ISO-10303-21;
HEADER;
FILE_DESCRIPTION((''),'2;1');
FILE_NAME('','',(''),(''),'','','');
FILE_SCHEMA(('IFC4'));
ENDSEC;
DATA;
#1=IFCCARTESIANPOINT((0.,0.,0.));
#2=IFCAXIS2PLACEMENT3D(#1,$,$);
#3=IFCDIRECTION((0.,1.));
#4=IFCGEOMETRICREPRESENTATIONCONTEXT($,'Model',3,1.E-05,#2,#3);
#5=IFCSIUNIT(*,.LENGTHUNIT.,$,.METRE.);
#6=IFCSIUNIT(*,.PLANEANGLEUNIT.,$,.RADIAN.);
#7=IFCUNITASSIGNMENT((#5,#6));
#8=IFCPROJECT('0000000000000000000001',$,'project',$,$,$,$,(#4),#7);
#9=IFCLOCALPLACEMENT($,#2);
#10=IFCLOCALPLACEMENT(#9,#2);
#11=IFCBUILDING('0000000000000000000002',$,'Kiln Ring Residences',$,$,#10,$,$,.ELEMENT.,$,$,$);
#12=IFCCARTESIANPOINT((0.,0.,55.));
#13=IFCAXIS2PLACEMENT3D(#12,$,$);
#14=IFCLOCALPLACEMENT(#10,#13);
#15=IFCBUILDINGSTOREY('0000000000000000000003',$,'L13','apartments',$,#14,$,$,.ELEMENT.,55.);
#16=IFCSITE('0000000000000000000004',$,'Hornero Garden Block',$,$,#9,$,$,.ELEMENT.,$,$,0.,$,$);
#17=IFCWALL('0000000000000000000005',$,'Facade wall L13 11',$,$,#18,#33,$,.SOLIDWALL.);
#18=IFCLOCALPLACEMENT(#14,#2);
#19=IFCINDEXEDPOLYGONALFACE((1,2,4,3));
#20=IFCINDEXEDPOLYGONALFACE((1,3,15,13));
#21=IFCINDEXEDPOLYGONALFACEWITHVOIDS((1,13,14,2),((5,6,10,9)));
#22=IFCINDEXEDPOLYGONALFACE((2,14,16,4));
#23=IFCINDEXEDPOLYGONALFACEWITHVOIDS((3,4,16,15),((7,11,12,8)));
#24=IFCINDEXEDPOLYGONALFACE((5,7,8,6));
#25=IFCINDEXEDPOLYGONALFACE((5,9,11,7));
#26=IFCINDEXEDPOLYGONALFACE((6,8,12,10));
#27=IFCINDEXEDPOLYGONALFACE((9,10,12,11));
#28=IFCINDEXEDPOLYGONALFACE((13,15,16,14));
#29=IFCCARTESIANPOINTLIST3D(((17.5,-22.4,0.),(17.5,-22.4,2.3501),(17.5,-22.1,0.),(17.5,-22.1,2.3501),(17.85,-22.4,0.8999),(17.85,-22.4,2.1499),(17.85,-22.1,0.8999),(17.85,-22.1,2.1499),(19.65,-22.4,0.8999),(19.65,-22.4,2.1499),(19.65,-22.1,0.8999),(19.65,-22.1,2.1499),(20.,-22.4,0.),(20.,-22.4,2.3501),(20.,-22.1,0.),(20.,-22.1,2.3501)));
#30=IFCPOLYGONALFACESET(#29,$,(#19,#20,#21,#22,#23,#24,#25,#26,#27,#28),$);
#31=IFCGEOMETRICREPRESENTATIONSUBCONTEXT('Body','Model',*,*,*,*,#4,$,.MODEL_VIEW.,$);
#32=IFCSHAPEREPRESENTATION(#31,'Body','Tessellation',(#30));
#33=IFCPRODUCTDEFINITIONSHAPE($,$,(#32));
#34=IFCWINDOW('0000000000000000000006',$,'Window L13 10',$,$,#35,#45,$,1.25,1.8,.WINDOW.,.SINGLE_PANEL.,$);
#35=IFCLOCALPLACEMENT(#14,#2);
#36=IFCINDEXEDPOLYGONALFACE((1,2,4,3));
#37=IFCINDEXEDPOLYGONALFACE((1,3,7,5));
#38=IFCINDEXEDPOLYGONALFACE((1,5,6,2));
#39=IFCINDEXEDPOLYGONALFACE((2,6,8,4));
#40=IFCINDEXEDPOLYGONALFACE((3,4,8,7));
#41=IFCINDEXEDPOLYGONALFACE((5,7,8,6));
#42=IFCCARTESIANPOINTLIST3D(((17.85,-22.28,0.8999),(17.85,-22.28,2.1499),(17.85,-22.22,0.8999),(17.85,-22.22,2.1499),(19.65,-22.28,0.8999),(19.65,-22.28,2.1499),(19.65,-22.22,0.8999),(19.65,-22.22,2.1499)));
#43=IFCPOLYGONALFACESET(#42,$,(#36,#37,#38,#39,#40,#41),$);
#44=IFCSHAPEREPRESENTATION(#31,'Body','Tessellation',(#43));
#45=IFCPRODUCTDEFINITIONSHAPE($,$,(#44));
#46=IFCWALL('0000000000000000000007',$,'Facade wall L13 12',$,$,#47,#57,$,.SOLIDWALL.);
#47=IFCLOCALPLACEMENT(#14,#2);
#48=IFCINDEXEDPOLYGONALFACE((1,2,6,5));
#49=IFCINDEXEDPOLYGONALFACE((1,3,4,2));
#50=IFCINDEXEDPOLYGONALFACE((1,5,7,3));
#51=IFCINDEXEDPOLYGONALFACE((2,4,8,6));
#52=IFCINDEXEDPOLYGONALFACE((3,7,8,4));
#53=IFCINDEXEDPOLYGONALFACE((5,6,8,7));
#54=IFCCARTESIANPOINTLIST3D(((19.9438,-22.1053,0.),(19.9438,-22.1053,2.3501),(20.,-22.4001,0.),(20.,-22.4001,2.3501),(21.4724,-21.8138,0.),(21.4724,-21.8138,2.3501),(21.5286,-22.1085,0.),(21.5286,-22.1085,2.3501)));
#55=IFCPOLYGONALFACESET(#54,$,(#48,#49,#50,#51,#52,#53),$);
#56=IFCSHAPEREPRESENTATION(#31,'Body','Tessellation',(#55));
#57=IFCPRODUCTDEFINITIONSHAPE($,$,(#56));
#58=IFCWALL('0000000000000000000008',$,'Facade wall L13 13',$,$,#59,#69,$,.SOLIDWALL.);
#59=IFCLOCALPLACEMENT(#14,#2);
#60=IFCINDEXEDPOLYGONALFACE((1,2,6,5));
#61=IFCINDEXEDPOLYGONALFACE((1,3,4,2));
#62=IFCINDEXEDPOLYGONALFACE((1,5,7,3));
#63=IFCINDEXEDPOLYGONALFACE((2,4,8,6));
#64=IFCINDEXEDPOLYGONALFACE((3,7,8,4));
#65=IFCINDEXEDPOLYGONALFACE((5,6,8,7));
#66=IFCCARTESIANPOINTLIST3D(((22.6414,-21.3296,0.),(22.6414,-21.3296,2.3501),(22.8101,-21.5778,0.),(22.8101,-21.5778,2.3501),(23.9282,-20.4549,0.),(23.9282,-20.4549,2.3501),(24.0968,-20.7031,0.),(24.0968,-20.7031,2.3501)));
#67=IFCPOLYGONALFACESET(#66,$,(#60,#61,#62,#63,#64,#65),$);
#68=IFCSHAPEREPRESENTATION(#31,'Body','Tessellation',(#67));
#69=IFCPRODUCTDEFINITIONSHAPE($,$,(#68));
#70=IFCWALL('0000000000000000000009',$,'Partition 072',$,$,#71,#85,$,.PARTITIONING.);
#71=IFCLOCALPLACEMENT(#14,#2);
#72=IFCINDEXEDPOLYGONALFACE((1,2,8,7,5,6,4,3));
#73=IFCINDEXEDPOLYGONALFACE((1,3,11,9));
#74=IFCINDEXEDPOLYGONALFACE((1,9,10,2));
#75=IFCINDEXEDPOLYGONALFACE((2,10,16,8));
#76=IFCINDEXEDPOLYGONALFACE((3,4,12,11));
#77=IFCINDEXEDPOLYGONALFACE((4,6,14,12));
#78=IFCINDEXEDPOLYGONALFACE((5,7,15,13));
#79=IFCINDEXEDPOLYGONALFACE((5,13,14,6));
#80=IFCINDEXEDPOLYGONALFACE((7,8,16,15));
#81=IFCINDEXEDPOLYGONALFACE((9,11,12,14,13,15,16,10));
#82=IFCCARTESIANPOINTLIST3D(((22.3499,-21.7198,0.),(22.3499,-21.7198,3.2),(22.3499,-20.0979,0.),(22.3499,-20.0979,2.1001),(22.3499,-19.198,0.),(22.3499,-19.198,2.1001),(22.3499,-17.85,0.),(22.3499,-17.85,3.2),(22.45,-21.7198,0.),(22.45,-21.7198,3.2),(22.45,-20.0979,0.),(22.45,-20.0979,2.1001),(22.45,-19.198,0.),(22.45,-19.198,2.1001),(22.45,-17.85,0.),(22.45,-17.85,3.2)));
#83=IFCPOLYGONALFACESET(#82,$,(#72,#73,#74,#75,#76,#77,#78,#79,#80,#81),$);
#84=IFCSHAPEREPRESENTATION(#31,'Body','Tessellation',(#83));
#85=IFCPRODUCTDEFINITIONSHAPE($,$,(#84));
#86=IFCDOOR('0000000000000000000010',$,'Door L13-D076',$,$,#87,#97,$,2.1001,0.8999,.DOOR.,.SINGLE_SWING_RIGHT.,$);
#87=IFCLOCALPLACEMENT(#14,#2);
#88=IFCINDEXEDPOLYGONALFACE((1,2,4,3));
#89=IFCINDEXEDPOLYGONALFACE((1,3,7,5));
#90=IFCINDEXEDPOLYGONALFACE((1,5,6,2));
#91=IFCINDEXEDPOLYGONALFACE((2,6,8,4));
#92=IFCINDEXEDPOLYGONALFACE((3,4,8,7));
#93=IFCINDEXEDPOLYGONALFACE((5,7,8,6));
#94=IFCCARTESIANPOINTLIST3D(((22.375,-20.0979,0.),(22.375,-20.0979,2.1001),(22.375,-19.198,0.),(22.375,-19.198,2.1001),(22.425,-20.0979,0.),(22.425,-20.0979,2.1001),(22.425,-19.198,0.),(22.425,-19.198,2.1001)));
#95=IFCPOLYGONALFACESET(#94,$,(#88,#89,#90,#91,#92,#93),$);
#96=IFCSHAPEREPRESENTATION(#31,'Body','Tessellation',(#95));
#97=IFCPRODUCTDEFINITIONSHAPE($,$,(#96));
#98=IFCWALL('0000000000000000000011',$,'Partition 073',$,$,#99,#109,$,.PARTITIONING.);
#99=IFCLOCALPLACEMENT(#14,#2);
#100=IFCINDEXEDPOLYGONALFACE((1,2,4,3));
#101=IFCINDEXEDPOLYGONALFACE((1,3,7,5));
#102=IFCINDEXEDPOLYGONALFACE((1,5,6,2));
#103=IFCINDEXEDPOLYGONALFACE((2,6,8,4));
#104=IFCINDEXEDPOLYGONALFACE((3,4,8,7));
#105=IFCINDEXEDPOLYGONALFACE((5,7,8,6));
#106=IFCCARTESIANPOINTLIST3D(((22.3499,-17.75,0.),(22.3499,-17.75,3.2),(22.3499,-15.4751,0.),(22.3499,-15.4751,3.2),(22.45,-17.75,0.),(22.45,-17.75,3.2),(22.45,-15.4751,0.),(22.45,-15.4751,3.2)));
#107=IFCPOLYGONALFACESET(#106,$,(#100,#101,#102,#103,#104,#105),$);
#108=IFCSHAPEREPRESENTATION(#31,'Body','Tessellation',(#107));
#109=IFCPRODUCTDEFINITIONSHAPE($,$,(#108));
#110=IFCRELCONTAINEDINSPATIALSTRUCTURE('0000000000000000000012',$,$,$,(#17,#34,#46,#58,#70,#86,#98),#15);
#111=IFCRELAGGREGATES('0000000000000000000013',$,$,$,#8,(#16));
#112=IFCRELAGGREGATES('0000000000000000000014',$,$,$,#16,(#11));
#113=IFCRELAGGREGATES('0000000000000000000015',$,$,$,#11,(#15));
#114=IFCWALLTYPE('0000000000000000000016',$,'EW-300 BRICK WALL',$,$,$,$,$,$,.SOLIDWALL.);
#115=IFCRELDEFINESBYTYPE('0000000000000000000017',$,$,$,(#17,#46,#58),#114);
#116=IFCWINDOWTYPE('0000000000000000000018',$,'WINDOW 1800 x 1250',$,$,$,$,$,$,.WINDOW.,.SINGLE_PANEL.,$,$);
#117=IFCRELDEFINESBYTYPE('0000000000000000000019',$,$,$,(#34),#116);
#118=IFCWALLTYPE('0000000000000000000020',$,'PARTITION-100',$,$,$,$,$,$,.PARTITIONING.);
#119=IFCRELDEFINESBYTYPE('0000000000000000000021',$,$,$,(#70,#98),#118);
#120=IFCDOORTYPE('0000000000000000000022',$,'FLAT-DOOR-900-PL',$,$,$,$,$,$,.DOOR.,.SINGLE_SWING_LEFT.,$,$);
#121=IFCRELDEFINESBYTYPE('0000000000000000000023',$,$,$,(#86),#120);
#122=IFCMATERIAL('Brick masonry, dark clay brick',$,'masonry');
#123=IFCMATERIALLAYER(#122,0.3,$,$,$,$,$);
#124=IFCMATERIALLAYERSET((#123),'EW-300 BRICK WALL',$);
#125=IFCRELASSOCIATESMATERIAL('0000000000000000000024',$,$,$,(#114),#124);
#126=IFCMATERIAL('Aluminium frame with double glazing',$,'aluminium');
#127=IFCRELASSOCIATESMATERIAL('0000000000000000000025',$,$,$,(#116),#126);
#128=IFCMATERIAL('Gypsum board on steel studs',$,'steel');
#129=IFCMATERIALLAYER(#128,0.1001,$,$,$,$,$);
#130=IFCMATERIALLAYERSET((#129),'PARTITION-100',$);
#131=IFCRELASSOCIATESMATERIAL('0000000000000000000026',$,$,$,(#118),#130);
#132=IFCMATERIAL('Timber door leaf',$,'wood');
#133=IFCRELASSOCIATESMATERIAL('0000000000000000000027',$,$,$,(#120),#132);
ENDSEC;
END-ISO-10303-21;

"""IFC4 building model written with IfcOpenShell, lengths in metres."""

from ifc_helpers import new_model, si_unit, direction, frame, frame_2d, origin, place, context, subcontext, project, spatial, rectangle, extrude, material, layer, layer_set, type_object, element, fill, save


model = new_model("IFC4")

# Units and contexts
model_context = context("Model", 3, precision=1e-05, world=origin(), true_north=direction((0.0, 1.0)))
body_context = subcontext(model_context, "Body", "Model", "MODEL_VIEW")
ifc_project = project(units=[si_unit("LENGTHUNIT", "METRE"), si_unit("PLANEANGLEUNIT", "RADIAN")], contexts=[model_context])

# Site, building, storey
site_placement = place(None, origin())
site = spatial("IfcSite", under=ifc_project, at=site_placement, Name="Hornero Garden Block", CompositionType="ELEMENT", RefElevation=0.0)
building_placement = place(site_placement, origin())
building = spatial("IfcBuilding", under=site, at=building_placement, Name="Kiln Ring Residences", CompositionType="ELEMENT")
storey_placement = place(building_placement, frame((0.0, 0.0, 55.0)))
storey = spatial("IfcBuildingStorey", under=building, at=storey_placement, Name="L13", Description="apartments", CompositionType="ELEMENT", Elevation=55.0)

# Wall, opening, window
ifc_material_1 = material(Name="Brick masonry, dark clay brick", Category="masonry")
ifc_layer_1 = layer(ifc_material_1, 0.3)
ifc_layer_set_1 = layer_set([ifc_layer_1], Name="EW-300 BRICK WALL")
wall_type_1 = type_object("IfcWallType", Name="EW-300 BRICK WALL", PredefinedType="SOLIDWALL", material=ifc_layer_set_1)
wall_1_placement = place(storey_placement, frame((17.5, -22.25, 0.0), z_axis=(0.0, 0.0, 1.0), x_axis=(1.0, 0.0, 0.0)))
wall_1 = element("IfcWall", 1, at=wall_1_placement, inside=storey, type_object=wall_type_1, Name="Facade wall L13 11", PredefinedType="SOLIDWALL", context=body_context, shape_type="SweptSolid", body=[
    extrude(rectangle(XDim=2.5, YDim=0.3, at=frame_2d((1.25, 0.0))), origin(), (0.0, 0.0, 1.0), 2.3501),
])
opening_1_placement = place(wall_1_placement, frame((0.3501, 0.0, 0.8999)))
opening_1 = element("IfcOpeningElement", 2, at=opening_1_placement, cuts=wall_1, PredefinedType="OPENING", context=body_context, shape_type="SweptSolid", body=[
    extrude(rectangle(XDim=1.8, YDim=1.25, at=frame_2d((0.8999, 0.625))), frame((0.0, 0.1599, 0.0), z_axis=(0.0, -1.0, 0.0), x_axis=(1.0, 0.0, 0.0)), (0.0, 0.0, 1.0), 0.3201),
])
ifc_material_2 = material(Name="Aluminium frame with double glazing", Category="aluminium")
window_type = type_object("IfcWindowType", Name="WINDOW 1800 x 1250", PartitioningType="SINGLE_PANEL", PredefinedType="WINDOW", material=ifc_material_2)
window_placement = place(opening_1_placement, origin())
window = element("IfcWindow", 3, at=window_placement, inside=storey, type_object=window_type, Name="Window L13 10", OverallHeight=1.25, OverallWidth=1.8, PartitioningType="SINGLE_PANEL", PredefinedType="WINDOW", context=body_context, shape_type="SweptSolid", body=[
    extrude(rectangle(XDim=1.8, YDim=1.25, at=frame_2d((0.8999, 0.625))), frame((0.0, 0.03, 0.0), z_axis=(0.0, -1.0, 0.0), x_axis=(1.0, 0.0, 0.0)), (0.0, 0.0, 1.0), 0.0601),
])
fill(opening_1, window)

# Walls
wall_2_placement = place(storey_placement, frame((19.9719, -22.2527, 0.0), z_axis=(0.0, 0.0, 1.0), x_axis=(0.982297, 0.187328, 0.0)))
element("IfcWall", 4, at=wall_2_placement, inside=storey, type_object=wall_type_1, Name="Facade wall L13 12", PredefinedType="SOLIDWALL", context=body_context, shape_type="SweptSolid", body=[
    extrude(rectangle(XDim=1.5562, YDim=0.3, at=frame_2d((0.7781, 0.0))), origin(), (0.0, 0.0, 1.0), 2.3501),
])
wall_3_placement = place(storey_placement, frame((22.7258, -21.4536, 0.0), z_axis=(0.0, 0.0, 1.0), x_axis=(0.82702, 0.562173, 0.0)))
element("IfcWall", 5, at=wall_3_placement, inside=storey, type_object=wall_type_1, Name="Facade wall L13 13", PredefinedType="SOLIDWALL", context=body_context, shape_type="SweptSolid", body=[
    extrude(rectangle(XDim=1.5559, YDim=0.3, at=frame_2d((0.7778, 0.0))), origin(), (0.0, 0.0, 1.0), 2.3501),
])

# Wall, opening, door
ifc_material_3 = material(Name="Gypsum board on steel studs", Category="steel")
ifc_layer_2 = layer(ifc_material_3, 0.1001)
ifc_layer_set_2 = layer_set([ifc_layer_2], Name="PARTITION-100")
wall_type_2 = type_object("IfcWallType", Name="PARTITION-100", PredefinedType="PARTITIONING", material=ifc_layer_set_2)
wall_4_placement = place(storey_placement, frame((22.3999, -21.72, 0.0), z_axis=(0.0, 0.0, 1.0), x_axis=(0.0, 1.0, 0.0)))
wall_4 = element("IfcWall", 6, at=wall_4_placement, inside=storey, type_object=wall_type_2, Name="Partition 072", PredefinedType="PARTITIONING", context=body_context, shape_type="SweptSolid", body=[
    extrude(rectangle(XDim=3.8699, YDim=0.1001, at=frame_2d((1.9351, 0.0))), origin(), (0.0, 0.0, 1.0), 3.2),
])
opening_2_placement = place(wall_4_placement, frame((1.6221, 0.0, 0.0)))
opening_2 = element("IfcOpeningElement", 7, at=opening_2_placement, cuts=wall_4, PredefinedType="OPENING", context=body_context, shape_type="SweptSolid", body=[
    extrude(rectangle(XDim=0.8999, YDim=2.1001, at=frame_2d((0.45, 1.05))), frame((0.0, 0.0601, 0.0), z_axis=(0.0, -1.0, 0.0), x_axis=(1.0, 0.0, 0.0)), (0.0, 0.0, 1.0), 0.1201),
])
ifc_material_4 = material(Name="Timber door leaf", Category="wood")
door_type_1 = type_object("IfcDoorType", Name="FLAT-DOOR-900-PL", OperationType="SINGLE_SWING_LEFT", PredefinedType="DOOR", material=ifc_material_4)
door_1_placement = place(opening_2_placement, origin())
door_1 = element("IfcDoor", 8, at=door_1_placement, inside=storey, type_object=door_type_1, Name="Door L13-D076", OperationType="SINGLE_SWING_RIGHT", OverallHeight=2.1001, OverallWidth=0.8999, PredefinedType="DOOR", context=body_context, shape_type="SweptSolid", body=[
    extrude(rectangle(XDim=0.8999, YDim=2.1001, at=frame_2d((0.45, 1.05))), frame((0.0, 0.0249, 0.0), z_axis=(0.0, -1.0, 0.0), x_axis=(1.0, 0.0, 0.0)), (0.0, 0.0, 1.0), 0.05),
])
fill(opening_2, door_1)

# Wall
wall_5_placement = place(storey_placement, frame((22.3999, -17.75, 0.0), z_axis=(0.0, 0.0, 1.0), x_axis=(0.0, 1.0, 0.0)))
element("IfcWall", 9, at=wall_5_placement, inside=storey, type_object=wall_type_2, Name="Partition 073", PredefinedType="PARTITIONING", context=body_context, shape_type="SweptSolid", body=[
    extrude(rectangle(XDim=2.2749, YDim=0.1001, at=frame_2d((1.1375, 0.0))), origin(), (0.0, 0.0, 1.0), 3.2),
])

save(model, "model.ifc")
